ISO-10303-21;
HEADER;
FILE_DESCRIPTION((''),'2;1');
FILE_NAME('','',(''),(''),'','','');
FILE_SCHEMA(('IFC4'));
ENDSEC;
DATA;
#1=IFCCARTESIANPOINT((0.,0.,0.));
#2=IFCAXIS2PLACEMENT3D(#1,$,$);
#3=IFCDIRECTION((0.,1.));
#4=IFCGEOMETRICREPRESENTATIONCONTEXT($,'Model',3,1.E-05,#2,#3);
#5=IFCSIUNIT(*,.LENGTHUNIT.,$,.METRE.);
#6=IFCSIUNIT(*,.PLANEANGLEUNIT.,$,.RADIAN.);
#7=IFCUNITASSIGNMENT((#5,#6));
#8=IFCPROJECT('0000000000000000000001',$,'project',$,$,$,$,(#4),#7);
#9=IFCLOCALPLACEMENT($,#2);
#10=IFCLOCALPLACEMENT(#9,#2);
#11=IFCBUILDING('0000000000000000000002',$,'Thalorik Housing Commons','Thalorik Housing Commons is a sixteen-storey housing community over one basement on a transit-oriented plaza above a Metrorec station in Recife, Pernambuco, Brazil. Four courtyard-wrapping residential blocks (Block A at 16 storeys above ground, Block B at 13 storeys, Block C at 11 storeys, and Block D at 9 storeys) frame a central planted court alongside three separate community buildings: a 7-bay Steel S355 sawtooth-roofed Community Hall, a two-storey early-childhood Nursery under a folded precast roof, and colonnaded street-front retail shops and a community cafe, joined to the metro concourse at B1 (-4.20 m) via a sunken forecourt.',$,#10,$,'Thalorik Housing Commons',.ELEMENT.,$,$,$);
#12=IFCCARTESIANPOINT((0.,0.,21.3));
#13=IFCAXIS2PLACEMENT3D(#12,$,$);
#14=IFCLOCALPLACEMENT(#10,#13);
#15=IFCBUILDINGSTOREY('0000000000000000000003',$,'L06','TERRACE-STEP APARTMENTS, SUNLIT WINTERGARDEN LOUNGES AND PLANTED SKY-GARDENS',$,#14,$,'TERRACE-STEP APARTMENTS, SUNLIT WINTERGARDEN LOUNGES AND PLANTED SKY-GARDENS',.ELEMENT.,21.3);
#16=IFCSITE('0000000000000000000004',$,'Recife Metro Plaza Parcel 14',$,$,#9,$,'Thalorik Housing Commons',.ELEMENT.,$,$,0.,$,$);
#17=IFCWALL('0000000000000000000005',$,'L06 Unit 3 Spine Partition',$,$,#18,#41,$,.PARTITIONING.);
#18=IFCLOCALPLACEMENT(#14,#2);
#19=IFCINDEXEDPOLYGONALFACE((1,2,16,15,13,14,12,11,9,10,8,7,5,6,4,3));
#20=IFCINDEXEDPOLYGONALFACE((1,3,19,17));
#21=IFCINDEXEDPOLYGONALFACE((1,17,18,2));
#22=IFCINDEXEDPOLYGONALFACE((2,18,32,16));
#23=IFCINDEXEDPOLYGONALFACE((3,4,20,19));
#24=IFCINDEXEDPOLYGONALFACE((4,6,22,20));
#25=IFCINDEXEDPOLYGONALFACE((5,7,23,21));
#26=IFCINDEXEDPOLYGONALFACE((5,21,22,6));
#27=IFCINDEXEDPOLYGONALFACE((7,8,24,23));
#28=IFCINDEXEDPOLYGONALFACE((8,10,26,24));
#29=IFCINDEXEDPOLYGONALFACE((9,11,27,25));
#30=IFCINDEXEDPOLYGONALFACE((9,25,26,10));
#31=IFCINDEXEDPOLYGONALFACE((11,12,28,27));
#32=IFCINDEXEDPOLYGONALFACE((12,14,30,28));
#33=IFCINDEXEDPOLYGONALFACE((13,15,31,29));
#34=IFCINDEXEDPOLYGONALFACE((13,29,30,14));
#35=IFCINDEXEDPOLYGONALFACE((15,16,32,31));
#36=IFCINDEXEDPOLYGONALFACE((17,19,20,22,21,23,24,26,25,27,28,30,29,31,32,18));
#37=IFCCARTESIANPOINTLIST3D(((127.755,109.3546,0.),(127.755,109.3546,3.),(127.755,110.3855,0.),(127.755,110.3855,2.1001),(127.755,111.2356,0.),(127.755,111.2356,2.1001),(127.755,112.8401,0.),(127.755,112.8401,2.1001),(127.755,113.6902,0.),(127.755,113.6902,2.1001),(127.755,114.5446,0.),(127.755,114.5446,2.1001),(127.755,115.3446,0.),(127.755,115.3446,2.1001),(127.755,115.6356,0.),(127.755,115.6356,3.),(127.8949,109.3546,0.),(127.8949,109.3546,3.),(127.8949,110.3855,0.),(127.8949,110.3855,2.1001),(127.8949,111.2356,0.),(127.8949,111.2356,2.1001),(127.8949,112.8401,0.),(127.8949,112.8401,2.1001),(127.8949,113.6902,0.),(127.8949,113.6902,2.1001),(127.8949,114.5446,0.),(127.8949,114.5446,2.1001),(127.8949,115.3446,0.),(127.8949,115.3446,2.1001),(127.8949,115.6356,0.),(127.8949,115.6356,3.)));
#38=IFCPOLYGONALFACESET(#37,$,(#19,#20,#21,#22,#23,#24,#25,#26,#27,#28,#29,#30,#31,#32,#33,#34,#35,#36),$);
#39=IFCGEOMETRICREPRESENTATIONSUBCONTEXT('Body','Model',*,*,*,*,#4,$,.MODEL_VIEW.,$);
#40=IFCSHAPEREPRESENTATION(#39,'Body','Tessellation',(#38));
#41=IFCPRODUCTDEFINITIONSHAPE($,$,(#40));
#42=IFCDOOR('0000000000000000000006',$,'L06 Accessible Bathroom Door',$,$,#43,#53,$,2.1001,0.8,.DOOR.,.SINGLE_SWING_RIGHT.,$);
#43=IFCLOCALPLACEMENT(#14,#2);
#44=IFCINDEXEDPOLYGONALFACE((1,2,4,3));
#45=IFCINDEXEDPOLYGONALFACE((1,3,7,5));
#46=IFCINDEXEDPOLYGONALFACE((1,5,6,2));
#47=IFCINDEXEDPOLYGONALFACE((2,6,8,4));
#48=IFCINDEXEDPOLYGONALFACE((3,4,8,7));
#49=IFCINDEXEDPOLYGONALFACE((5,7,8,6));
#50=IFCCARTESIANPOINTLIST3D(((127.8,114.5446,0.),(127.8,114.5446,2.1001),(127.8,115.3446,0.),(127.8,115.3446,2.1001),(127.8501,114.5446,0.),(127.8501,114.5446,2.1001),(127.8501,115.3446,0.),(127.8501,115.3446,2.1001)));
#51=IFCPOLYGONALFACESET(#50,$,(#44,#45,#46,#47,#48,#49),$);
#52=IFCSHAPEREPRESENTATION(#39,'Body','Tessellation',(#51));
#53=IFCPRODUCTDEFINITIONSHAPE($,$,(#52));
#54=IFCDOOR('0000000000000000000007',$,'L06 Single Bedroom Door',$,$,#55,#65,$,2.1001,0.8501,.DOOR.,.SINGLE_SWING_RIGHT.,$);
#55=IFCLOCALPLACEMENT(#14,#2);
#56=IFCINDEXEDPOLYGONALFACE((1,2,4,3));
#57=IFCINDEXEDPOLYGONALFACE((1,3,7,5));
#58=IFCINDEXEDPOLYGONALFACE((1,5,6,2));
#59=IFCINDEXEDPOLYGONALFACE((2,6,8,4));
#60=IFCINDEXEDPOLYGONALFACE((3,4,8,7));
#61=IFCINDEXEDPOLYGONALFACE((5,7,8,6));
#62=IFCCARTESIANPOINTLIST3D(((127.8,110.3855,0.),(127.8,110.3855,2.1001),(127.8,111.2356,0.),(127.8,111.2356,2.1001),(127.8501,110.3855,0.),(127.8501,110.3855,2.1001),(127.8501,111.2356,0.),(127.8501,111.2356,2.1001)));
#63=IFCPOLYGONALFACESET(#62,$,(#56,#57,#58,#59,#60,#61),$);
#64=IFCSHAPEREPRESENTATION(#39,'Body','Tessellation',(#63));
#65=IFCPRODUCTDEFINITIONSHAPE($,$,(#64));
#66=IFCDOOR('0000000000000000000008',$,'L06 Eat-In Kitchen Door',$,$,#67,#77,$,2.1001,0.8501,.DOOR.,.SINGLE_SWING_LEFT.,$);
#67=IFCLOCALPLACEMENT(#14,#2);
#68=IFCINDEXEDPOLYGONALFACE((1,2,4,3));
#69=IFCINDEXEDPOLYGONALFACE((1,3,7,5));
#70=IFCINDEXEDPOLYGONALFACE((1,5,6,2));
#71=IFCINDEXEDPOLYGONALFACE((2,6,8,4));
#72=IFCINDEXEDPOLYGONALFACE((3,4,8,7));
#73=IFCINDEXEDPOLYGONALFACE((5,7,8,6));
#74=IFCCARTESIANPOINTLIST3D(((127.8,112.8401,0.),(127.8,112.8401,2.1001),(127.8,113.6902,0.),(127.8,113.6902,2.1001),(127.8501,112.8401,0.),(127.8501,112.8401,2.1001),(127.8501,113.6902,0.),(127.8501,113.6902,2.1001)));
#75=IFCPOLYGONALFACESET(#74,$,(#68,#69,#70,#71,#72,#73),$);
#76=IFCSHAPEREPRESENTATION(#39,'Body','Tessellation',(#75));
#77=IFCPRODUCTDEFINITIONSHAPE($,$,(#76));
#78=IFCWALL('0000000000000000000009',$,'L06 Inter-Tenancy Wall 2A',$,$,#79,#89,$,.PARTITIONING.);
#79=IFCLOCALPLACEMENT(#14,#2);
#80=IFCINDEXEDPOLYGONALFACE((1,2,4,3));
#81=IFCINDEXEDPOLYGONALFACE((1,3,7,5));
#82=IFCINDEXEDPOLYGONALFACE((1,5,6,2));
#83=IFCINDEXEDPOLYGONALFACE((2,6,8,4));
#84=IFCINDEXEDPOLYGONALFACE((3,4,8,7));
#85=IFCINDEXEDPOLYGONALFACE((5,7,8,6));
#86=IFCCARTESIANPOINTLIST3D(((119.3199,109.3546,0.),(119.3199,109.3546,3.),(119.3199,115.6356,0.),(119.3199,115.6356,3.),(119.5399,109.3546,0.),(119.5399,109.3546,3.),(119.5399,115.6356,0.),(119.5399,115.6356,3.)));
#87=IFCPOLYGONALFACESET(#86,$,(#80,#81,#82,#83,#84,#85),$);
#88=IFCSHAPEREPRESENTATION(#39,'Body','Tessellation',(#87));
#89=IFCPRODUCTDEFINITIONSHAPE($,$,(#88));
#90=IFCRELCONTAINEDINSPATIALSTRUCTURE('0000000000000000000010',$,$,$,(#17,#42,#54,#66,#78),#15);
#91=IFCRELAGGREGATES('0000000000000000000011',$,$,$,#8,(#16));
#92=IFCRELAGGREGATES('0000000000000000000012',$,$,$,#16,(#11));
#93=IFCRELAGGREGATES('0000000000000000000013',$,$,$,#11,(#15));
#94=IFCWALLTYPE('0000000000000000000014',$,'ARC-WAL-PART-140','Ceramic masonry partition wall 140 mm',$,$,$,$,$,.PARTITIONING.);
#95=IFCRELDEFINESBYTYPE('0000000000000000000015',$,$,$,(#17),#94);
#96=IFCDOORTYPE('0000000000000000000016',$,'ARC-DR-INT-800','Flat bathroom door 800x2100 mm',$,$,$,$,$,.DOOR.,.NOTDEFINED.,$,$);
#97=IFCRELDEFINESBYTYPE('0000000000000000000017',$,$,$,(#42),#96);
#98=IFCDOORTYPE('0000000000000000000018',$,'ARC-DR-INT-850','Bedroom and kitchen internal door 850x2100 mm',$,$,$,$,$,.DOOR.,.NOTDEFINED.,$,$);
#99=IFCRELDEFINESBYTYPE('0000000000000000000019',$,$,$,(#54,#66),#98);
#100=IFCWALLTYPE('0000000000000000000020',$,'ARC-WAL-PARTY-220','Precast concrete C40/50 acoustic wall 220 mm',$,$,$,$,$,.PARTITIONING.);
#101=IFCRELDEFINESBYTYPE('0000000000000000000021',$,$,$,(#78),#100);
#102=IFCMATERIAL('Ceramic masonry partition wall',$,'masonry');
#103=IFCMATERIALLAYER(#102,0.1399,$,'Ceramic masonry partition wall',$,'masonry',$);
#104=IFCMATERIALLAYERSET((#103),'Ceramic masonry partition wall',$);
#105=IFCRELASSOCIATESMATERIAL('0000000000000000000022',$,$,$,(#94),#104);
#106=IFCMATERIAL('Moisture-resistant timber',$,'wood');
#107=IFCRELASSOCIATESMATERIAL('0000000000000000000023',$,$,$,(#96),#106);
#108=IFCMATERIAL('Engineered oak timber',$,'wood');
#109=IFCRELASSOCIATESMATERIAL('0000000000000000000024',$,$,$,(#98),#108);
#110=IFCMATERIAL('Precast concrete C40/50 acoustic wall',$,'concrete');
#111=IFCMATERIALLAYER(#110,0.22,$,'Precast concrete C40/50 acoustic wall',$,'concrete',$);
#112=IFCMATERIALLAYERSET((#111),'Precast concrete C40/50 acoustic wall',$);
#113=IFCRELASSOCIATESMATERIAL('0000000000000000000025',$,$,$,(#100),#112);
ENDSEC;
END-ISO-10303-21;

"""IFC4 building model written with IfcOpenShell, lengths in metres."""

from ifc_helpers import new_model, si_unit, direction, frame, frame_2d, origin, place, context, subcontext, project, spatial, rectangle, extrude, material, layer, layer_set, type_object, element, fill, save


model = new_model("IFC4")

# Units and contexts
model_context = context("Model", 3, precision=1e-05, world=origin(), true_north=direction((0.0, 1.0)))
body_context = subcontext(model_context, "Body", "Model", "MODEL_VIEW")
ifc_project = project(units=[si_unit("LENGTHUNIT", "METRE"), si_unit("PLANEANGLEUNIT", "RADIAN")], contexts=[model_context])

# Site, building, storey
site_placement = place(None, origin())
site = spatial("IfcSite", under=ifc_project, at=site_placement, Name="Recife Metro Plaza Parcel 14", LongName="Thalorik Housing Commons", CompositionType="ELEMENT", RefElevation=0.0)
building_placement = place(site_placement, origin())
building = spatial("IfcBuilding", under=site, at=building_placement, Name="Thalorik Housing Commons", Description="Thalorik Housing Commons is a sixteen-storey housing community over one basement on a transit-oriented plaza above a Metrorec station in Recife, Pernambuco, Brazil. Four courtyard-wrapping residential blocks (Block A at 16 storeys above ground, Block B at 13 storeys, Block C at 11 storeys, and Block D at 9 storeys) frame a central planted court alongside three separate community buildings: a 7-bay Steel S355 sawtooth-roofed Community Hall, a two-storey early-childhood Nursery under a folded precast roof, and colonnaded street-front retail shops and a community cafe, joined to the metro concourse at B1 (-4.20 m) via a sunken forecourt.", LongName="Thalorik Housing Commons", CompositionType="ELEMENT")
storey_placement = place(building_placement, frame((0.0, 0.0, 21.3)))
storey = spatial("IfcBuildingStorey", under=building, at=storey_placement, Name="L06", Description="TERRACE-STEP APARTMENTS, SUNLIT WINTERGARDEN LOUNGES AND PLANTED SKY-GARDENS", LongName="TERRACE-STEP APARTMENTS, SUNLIT WINTERGARDEN LOUNGES AND PLANTED SKY-GARDENS", CompositionType="ELEMENT", Elevation=21.3)

# Wall, openings, doors
ifc_material_1 = material(Name="Ceramic masonry partition wall", Category="masonry")
ifc_layer_1 = layer(ifc_material_1, 0.1399, Name="Ceramic masonry partition wall", Category="masonry")
ifc_layer_set_1 = layer_set([ifc_layer_1], Name="Ceramic masonry partition wall")
wall_type_1 = type_object("IfcWallType", Name="ARC-WAL-PART-140", Description="Ceramic masonry partition wall 140 mm", PredefinedType="PARTITIONING", material=ifc_layer_set_1)
wall_1_placement = place(storey_placement, frame((127.825, 109.3545, 0.0), z_axis=(0.0, 0.0, 1.0), x_axis=(0.0, 1.0, 0.0)))
wall_1 = element("IfcWall", 1, at=wall_1_placement, inside=storey, type_object=wall_type_1, Name="L06 Unit 3 Spine Partition", PredefinedType="PARTITIONING", context=body_context, shape_type="SweptSolid", body=[
    extrude(rectangle(XDim=6.281, YDim=0.1399, at=frame_2d((3.1406, 0.0))), origin(), (0.0, 0.0, 1.0), 3.0),
])
opening_1_placement = place(wall_1_placement, frame((1.031, 0.0, 0.0)))
opening_1 = element("IfcOpeningElement", 2, at=opening_1_placement, cuts=wall_1, PredefinedType="OPENING", context=body_context, shape_type="SweptSolid", body=[
    extrude(rectangle(XDim=0.8501, YDim=2.1001, at=frame_2d((0.425, 1.05))), frame((0.0, 0.0801, 0.0), z_axis=(0.0, -1.0, 0.0), x_axis=(1.0, 0.0, 0.0)), (0.0, 0.0, 1.0), 0.1599),
])
opening_2_placement = place(wall_1_placement, frame((3.4856, 0.0, 0.0)))
opening_2 = element("IfcOpeningElement", 3, at=opening_2_placement, cuts=wall_1, PredefinedType="OPENING", context=body_context, shape_type="SweptSolid", body=[
    extrude(rectangle(XDim=0.8501, YDim=2.1001, at=frame_2d((0.425, 1.05))), frame((0.0, 0.0801, 0.0), z_axis=(0.0, -1.0, 0.0), x_axis=(1.0, 0.0, 0.0)), (0.0, 0.0, 1.0), 0.1599),
])
opening_3_placement = place(wall_1_placement, frame((5.1902, 0.0, 0.0)))
opening_3 = element("IfcOpeningElement", 4, at=opening_3_placement, cuts=wall_1, PredefinedType="OPENING", context=body_context, shape_type="SweptSolid", body=[
    extrude(rectangle(XDim=0.8, YDim=2.1001, at=frame_2d((0.3999, 1.05))), frame((0.0, 0.0801, 0.0), z_axis=(0.0, -1.0, 0.0), x_axis=(1.0, 0.0, 0.0)), (0.0, 0.0, 1.0), 0.1599),
])
ifc_material_2 = material(Name="Moisture-resistant timber", Category="wood")
door_type_1 = type_object("IfcDoorType", Name="ARC-DR-INT-800", Description="Flat bathroom door 800x2100 mm", OperationType="NOTDEFINED", PredefinedType="DOOR", material=ifc_material_2)
door_1_placement = place(opening_3_placement, origin())
door_1 = element("IfcDoor", 5, at=door_1_placement, inside=storey, type_object=door_type_1, Name="L06 Accessible Bathroom Door", OperationType="SINGLE_SWING_RIGHT", OverallHeight=2.1001, OverallWidth=0.8, PredefinedType="DOOR", context=body_context, shape_type="SweptSolid", body=[
    extrude(rectangle(XDim=0.8, YDim=2.1001, at=frame_2d((0.3999, 1.05))), frame((0.0, 0.0249, 0.0), z_axis=(0.0, -1.0, 0.0), x_axis=(1.0, 0.0, 0.0)), (0.0, 0.0, 1.0), 0.05),
])
fill(opening_3, door_1)
ifc_material_3 = material(Name="Engineered oak timber", Category="wood")
door_type_2 = type_object("IfcDoorType", Name="ARC-DR-INT-850", Description="Bedroom and kitchen internal door 850x2100 mm", OperationType="NOTDEFINED", PredefinedType="DOOR", material=ifc_material_3)
door_2_placement = place(opening_1_placement, origin())
door_2 = element("IfcDoor", 6, at=door_2_placement, inside=storey, type_object=door_type_2, Name="L06 Single Bedroom Door", OperationType="SINGLE_SWING_RIGHT", OverallHeight=2.1001, OverallWidth=0.8501, PredefinedType="DOOR", context=body_context, shape_type="SweptSolid", body=[
    extrude(rectangle(XDim=0.8501, YDim=2.1001, at=frame_2d((0.425, 1.05))), frame((0.0, 0.0249, 0.0), z_axis=(0.0, -1.0, 0.0), x_axis=(1.0, 0.0, 0.0)), (0.0, 0.0, 1.0), 0.05),
])
fill(opening_1, door_2)
door_3_placement = place(opening_2_placement, origin())
door_3 = element("IfcDoor", 7, at=door_3_placement, inside=storey, type_object=door_type_2, Name="L06 Eat-In Kitchen Door", OperationType="SINGLE_SWING_LEFT", OverallHeight=2.1001, OverallWidth=0.8501, PredefinedType="DOOR", context=body_context, shape_type="SweptSolid", body=[
    extrude(rectangle(XDim=0.8501, YDim=2.1001, at=frame_2d((0.425, 1.05))), frame((0.0, 0.0249, 0.0), z_axis=(0.0, -1.0, 0.0), x_axis=(1.0, 0.0, 0.0)), (0.0, 0.0, 1.0), 0.05),
])
fill(opening_2, door_3)

# Wall
ifc_material_4 = material(Name="Precast concrete C40/50 acoustic wall", Category="concrete")
ifc_layer_2 = layer(ifc_material_4, 0.22, Name="Precast concrete C40/50 acoustic wall", Category="concrete")
ifc_layer_set_2 = layer_set([ifc_layer_2], Name="Precast concrete C40/50 acoustic wall")
wall_type_2 = type_object("IfcWallType", Name="ARC-WAL-PARTY-220", Description="Precast concrete C40/50 acoustic wall 220 mm", PredefinedType="PARTITIONING", material=ifc_layer_set_2)
wall_2_placement = place(storey_placement, frame((119.4299, 109.3545, 0.0), z_axis=(0.0, 0.0, 1.0), x_axis=(0.0, 1.0, 0.0)))
element("IfcWall", 8, at=wall_2_placement, inside=storey, type_object=wall_type_2, Name="L06 Inter-Tenancy Wall 2A", PredefinedType="PARTITIONING", context=body_context, shape_type="SweptSolid", body=[
    extrude(rectangle(XDim=6.281, YDim=0.22, at=frame_2d((3.1406, 0.0))), origin(), (0.0, 0.0, 1.0), 3.0),
])

save(model, "model.ifc")
